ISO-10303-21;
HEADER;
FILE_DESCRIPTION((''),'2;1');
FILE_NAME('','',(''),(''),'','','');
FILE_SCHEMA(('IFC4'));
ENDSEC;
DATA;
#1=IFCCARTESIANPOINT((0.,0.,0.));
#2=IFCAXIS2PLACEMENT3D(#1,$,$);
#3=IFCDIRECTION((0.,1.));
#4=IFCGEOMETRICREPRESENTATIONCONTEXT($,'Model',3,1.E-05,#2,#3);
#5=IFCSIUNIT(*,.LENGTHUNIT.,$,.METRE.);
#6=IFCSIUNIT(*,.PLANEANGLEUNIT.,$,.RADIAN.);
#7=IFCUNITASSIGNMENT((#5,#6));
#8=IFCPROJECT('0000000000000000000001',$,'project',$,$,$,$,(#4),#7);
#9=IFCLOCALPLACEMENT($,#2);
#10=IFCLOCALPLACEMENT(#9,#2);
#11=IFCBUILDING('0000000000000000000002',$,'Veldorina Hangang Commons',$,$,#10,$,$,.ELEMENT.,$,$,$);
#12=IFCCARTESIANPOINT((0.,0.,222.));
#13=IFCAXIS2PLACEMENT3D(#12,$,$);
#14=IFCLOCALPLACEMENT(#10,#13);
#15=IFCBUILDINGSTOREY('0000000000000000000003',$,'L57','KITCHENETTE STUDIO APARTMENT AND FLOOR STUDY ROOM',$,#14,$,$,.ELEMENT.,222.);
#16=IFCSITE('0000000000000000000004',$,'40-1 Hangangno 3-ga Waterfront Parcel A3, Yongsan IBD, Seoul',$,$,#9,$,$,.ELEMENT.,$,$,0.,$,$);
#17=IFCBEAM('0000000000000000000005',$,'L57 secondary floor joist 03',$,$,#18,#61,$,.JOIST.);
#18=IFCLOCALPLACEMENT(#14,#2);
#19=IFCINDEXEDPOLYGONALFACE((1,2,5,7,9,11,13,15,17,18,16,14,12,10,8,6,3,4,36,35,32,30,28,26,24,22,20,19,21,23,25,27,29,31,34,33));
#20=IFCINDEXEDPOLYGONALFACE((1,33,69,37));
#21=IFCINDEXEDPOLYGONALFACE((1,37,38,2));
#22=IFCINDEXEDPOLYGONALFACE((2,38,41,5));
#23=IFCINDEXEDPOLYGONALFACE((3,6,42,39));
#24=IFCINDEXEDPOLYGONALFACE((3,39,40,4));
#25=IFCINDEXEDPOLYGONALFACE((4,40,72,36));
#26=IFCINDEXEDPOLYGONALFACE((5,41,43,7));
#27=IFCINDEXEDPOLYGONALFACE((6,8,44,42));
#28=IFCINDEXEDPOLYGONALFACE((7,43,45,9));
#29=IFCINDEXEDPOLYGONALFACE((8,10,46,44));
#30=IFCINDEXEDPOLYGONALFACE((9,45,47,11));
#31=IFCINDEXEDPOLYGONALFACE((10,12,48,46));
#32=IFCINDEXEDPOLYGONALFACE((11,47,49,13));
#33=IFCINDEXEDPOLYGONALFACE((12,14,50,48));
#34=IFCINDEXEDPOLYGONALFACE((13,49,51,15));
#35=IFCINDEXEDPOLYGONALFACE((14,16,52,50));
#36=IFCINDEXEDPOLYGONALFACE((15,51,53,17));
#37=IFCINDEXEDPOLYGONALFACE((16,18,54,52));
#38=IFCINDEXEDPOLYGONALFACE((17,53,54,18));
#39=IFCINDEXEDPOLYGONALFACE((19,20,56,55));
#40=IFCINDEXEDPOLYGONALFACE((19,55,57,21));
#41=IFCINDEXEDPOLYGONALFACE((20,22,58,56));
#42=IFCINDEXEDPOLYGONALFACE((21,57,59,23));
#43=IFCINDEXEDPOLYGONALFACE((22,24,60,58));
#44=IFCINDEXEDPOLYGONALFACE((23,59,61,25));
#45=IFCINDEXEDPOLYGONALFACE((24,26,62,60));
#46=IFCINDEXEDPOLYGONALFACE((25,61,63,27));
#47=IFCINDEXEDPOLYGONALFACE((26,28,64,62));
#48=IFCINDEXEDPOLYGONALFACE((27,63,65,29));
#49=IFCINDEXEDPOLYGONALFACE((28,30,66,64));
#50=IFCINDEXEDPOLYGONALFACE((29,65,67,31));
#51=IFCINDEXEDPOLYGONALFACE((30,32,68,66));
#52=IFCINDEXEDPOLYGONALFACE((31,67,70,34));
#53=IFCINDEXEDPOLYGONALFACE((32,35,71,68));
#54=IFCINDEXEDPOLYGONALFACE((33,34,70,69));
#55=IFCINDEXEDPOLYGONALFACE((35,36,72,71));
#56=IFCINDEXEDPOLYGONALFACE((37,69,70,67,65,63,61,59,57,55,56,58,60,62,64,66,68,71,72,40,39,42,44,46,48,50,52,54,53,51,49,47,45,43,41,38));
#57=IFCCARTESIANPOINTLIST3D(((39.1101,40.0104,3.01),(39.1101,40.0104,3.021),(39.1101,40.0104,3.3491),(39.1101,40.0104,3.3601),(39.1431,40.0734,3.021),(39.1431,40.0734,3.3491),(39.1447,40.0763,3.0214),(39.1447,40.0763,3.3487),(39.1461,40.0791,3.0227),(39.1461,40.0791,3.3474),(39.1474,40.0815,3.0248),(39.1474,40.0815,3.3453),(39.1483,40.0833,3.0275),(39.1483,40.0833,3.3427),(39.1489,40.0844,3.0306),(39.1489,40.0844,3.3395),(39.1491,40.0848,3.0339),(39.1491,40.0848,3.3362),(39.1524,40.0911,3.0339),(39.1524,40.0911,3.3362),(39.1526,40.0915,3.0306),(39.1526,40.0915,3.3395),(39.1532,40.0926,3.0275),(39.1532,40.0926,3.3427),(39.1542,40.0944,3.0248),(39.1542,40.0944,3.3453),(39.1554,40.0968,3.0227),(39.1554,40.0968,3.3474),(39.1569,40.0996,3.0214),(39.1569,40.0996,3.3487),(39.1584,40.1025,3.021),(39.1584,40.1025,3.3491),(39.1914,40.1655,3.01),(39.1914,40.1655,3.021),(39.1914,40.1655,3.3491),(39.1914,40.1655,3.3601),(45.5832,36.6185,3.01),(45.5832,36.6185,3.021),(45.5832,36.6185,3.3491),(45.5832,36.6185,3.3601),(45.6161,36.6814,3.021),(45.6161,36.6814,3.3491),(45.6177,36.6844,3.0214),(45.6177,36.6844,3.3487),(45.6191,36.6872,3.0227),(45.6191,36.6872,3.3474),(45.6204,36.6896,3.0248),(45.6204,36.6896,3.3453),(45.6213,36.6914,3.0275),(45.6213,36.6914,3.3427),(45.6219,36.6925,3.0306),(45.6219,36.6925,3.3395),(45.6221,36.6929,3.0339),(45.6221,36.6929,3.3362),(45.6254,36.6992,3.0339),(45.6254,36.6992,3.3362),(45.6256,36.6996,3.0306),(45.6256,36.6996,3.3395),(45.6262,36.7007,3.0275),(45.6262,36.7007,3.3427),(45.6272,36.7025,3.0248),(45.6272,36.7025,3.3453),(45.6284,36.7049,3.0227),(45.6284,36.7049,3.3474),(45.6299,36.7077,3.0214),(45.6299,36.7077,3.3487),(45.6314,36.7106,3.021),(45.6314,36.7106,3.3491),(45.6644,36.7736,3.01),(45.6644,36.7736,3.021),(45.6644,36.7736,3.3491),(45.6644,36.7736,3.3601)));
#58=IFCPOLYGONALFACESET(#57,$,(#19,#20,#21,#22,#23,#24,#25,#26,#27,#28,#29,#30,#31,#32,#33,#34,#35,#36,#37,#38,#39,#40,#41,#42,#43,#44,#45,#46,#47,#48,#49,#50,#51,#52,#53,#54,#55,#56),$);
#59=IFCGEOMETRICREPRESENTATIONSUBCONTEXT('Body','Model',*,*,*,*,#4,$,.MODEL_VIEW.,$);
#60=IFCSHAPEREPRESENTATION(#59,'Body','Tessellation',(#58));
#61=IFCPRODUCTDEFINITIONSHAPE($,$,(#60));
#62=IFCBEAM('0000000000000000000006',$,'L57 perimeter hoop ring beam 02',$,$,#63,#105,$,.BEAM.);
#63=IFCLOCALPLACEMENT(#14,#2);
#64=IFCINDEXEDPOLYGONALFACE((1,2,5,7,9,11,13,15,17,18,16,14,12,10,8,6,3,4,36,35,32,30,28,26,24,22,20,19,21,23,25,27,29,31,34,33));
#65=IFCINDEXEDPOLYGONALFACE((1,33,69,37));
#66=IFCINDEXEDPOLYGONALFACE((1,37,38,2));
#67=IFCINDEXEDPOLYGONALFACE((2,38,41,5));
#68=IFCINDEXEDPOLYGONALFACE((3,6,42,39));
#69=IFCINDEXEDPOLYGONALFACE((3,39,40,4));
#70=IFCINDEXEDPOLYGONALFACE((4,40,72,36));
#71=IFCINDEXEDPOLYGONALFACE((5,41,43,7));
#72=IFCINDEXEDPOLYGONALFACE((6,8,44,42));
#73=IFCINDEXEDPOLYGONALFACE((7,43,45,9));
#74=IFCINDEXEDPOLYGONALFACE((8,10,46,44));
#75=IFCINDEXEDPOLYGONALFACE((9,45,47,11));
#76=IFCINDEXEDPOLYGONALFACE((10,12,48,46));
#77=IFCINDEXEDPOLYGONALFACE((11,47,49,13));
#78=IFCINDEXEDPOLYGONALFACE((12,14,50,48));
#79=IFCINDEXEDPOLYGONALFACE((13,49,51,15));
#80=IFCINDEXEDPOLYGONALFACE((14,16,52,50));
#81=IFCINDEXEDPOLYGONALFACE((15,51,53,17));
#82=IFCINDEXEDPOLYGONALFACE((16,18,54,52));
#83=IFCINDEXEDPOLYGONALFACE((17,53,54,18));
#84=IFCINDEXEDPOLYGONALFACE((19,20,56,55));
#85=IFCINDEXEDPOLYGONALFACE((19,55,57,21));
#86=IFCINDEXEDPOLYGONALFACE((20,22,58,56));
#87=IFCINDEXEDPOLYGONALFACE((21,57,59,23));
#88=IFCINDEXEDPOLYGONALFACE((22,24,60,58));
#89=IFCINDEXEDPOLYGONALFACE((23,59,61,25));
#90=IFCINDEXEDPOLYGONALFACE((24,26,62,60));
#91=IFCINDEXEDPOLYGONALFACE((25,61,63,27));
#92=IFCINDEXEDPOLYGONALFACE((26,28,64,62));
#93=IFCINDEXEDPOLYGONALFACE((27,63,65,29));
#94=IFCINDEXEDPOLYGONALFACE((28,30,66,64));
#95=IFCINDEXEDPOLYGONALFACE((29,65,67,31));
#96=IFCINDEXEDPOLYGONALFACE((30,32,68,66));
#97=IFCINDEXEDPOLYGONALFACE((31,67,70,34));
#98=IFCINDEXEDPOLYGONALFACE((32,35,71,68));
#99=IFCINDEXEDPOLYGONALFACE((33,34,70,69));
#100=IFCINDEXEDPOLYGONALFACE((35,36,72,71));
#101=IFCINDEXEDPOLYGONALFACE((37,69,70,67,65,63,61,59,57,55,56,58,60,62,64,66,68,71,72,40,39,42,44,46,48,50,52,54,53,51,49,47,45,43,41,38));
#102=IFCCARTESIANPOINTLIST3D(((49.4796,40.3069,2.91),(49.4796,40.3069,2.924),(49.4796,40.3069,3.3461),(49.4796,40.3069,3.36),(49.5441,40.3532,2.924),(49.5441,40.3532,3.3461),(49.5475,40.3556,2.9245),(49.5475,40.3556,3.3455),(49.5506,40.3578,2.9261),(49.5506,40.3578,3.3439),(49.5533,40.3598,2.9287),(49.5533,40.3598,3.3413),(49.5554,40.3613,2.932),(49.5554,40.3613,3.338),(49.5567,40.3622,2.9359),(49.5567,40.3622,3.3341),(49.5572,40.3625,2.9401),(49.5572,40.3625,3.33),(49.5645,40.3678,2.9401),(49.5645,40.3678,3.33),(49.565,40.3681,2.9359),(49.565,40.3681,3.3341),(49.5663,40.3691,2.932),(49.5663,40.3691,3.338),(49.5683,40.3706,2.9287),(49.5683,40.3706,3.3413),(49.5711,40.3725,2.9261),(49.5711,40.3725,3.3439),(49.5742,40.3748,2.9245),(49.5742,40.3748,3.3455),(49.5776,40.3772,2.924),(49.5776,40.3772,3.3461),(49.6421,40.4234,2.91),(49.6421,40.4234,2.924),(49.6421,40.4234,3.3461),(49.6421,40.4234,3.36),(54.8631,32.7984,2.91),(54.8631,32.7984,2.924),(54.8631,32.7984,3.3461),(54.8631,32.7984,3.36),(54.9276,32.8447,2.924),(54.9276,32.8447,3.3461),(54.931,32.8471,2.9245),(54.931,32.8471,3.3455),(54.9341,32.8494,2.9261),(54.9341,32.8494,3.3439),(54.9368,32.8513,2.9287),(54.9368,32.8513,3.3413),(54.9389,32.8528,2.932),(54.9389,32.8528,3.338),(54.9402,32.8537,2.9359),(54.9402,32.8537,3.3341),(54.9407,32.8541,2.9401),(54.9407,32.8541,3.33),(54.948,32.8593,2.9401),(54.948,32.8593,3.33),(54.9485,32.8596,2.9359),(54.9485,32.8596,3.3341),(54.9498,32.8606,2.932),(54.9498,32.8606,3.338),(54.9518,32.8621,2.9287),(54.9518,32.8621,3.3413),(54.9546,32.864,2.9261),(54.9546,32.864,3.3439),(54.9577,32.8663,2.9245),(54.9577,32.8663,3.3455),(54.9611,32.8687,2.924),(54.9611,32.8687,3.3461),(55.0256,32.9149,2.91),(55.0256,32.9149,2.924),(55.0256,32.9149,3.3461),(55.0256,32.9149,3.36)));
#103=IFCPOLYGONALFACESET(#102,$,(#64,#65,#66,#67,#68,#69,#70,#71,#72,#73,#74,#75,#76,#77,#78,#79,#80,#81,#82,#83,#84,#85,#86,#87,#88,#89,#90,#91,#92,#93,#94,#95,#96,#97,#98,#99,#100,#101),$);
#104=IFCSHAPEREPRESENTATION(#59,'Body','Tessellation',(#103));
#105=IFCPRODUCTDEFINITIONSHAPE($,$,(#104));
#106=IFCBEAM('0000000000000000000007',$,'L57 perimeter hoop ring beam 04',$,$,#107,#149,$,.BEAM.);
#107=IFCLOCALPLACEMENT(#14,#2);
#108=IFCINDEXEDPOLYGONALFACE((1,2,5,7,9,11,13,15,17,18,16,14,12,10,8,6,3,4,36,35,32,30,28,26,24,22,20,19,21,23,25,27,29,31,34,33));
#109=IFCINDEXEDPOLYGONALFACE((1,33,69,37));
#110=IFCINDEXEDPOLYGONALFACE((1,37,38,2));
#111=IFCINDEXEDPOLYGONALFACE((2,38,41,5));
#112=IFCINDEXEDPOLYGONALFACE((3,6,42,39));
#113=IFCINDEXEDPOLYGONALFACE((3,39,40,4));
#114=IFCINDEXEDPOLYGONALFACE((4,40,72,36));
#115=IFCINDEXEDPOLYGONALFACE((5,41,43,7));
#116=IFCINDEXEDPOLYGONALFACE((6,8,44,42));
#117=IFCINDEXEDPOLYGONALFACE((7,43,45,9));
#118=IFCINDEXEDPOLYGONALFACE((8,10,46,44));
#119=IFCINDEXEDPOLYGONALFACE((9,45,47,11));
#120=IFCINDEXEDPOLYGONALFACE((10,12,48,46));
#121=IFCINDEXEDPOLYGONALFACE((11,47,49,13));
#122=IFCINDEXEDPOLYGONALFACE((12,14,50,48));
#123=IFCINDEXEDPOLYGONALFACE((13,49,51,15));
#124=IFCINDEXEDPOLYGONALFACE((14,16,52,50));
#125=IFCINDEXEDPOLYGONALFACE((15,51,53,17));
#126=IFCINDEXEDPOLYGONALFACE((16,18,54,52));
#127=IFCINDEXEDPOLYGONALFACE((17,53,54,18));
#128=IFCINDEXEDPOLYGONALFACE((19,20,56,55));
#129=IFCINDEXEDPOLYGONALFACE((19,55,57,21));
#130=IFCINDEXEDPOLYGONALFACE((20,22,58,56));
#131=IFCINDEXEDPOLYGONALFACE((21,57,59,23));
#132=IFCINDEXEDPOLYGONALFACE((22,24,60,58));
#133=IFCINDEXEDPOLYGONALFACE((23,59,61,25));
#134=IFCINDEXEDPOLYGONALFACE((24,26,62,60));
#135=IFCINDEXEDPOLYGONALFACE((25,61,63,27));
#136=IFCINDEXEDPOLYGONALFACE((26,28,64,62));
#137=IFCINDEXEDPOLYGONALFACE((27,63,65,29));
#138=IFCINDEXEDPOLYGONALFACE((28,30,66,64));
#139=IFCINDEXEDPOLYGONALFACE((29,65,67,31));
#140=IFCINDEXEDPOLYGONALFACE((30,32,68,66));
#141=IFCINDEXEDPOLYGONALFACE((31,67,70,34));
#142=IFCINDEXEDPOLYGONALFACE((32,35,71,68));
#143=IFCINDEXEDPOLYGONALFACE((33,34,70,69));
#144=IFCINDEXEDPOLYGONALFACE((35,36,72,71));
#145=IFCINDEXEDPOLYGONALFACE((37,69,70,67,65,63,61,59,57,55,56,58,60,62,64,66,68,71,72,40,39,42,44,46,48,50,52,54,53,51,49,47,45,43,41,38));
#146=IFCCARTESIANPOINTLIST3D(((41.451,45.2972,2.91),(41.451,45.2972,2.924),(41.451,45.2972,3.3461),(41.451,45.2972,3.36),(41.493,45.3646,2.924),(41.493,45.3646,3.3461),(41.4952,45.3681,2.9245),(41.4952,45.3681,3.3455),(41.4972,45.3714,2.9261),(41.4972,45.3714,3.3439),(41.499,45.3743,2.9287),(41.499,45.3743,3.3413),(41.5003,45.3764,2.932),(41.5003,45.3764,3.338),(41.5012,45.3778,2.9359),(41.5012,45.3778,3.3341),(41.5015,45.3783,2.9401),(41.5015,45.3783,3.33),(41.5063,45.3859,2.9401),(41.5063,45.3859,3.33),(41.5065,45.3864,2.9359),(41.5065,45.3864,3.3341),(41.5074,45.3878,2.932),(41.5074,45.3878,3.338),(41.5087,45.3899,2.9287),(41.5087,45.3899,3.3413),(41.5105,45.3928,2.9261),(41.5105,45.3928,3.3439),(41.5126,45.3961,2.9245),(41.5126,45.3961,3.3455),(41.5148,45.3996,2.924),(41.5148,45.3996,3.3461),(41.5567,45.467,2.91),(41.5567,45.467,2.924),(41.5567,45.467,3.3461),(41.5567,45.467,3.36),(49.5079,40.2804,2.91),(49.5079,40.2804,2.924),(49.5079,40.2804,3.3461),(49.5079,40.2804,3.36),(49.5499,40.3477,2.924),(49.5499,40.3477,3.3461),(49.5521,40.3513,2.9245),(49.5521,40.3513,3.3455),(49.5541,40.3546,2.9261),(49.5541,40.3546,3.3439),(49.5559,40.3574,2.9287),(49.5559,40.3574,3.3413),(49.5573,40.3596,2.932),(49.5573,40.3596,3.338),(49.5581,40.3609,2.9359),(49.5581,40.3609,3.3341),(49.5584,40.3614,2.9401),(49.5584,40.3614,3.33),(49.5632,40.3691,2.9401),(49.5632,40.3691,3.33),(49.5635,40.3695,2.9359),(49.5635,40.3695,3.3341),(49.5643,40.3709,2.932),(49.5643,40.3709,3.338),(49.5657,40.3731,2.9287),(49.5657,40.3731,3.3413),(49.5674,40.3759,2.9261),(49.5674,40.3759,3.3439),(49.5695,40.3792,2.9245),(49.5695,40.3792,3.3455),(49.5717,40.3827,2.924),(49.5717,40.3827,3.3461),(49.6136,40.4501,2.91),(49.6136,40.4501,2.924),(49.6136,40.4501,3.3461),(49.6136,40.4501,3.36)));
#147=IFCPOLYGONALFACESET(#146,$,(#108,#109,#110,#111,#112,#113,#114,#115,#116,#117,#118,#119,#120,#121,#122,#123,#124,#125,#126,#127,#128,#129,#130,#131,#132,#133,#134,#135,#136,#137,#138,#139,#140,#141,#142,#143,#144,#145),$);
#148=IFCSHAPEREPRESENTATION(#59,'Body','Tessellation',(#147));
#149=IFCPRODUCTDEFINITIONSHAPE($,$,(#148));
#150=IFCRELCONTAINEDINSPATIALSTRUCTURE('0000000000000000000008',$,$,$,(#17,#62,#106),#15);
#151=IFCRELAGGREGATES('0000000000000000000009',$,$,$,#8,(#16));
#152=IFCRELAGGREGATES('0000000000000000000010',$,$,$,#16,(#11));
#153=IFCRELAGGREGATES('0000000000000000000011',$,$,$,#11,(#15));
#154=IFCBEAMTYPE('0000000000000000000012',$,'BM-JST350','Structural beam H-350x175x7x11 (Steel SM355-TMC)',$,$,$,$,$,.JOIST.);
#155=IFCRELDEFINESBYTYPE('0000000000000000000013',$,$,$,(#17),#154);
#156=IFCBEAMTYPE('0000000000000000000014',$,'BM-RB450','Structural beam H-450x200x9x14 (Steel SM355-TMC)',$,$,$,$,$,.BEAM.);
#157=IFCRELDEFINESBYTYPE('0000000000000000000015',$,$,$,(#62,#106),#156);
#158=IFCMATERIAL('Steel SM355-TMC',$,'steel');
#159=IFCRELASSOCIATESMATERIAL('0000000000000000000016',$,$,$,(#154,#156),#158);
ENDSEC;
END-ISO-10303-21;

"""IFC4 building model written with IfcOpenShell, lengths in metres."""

from ifc_helpers import new_model, si_unit, direction, frame, origin, origin_2d, place, context, subcontext, project, spatial, i_section, extrude, material, material_profile, profile_set, type_object, element, save


model = new_model("IFC4")

# Units and contexts
model_context = context("Model", 3, precision=1e-05, world=origin(), true_north=direction((0.0, 1.0)))
body_context = subcontext(model_context, "Body", "Model", "MODEL_VIEW")
ifc_project = project(units=[si_unit("LENGTHUNIT", "METRE"), si_unit("PLANEANGLEUNIT", "RADIAN")], contexts=[model_context])

# Site, building, storey
site_placement = place(None, origin())
site = spatial("IfcSite", under=ifc_project, at=site_placement, Name="40-1 Hangangno 3-ga Waterfront Parcel A3, Yongsan IBD, Seoul", CompositionType="ELEMENT", RefElevation=0.0)
building_placement = place(site_placement, origin())
building = spatial("IfcBuilding", under=site, at=building_placement, Name="Veldorina Hangang Commons", CompositionType="ELEMENT")
storey_placement = place(building_placement, frame((0.0, 0.0, 222.0)))
storey = spatial("IfcBuildingStorey", under=building, at=storey_placement, Name="L57", Description="KITCHENETTE STUDIO APARTMENT AND FLOOR STUDY ROOM", CompositionType="ELEMENT", Elevation=222.0)

# Beams
ifc_material_1 = material(Name="Steel SM355-TMC", Category="steel")
ifc_material_profile_1 = material_profile(ifc_material_1, i_section(OverallWidth=0.175, OverallDepth=0.3501, WebThickness=0.0071, FlangeThickness=0.011, FilletRadius=0.0129, at=origin_2d()), Name="H-350x175x7x11")
ifc_profile_set_1 = profile_set([ifc_material_profile_1], Name="Steel SM355-TMC")
beam_type_1 = type_object("IfcBeamType", Name="BM-JST350", Description="Structural beam H-350x175x7x11 (Steel SM355-TMC)", PredefinedType="JOIST", material=ifc_profile_set_1)
beam_1_placement = place(storey_placement, frame((45.6238, 36.696, 3.1851), z_axis=(-0.88576, 0.464144, 0.0), x_axis=(-0.464144, -0.88576, 0.0)))
element("IfcBeam", 1, at=beam_1_placement, inside=storey, type_object=beam_type_1, Name="L57 secondary floor joist 03", PredefinedType="JOIST", context=body_context, shape_type="SweptSolid", body=[
    extrude(i_section(OverallWidth=0.175, OverallDepth=0.3501, WebThickness=0.0071, FlangeThickness=0.011, FilletRadius=0.0129, at=origin_2d()), origin(), (0.0, 0.0, 1.0), 7.3079),
])
ifc_material_profile_2 = material_profile(ifc_material_1, i_section(OverallWidth=0.2, OverallDepth=0.45, WebThickness=0.009, FlangeThickness=0.0139, FilletRadius=0.0161, at=origin_2d()), Name="H-450x200x9x14")
ifc_profile_set_2 = profile_set([ifc_material_profile_2], Name="Steel SM355-TMC")
beam_type_2 = type_object("IfcBeamType", Name="BM-RB450", Description="Structural beam H-450x200x9x14 (Steel SM355-TMC)", PredefinedType="BEAM", material=ifc_profile_set_2)
beam_2_placement = place(storey_placement, frame((54.9443, 32.8567, 3.135), z_axis=(-0.582692, 0.812693, 0.0), x_axis=(-0.812693, -0.582692, 0.0)))
element("IfcBeam", 2, at=beam_2_placement, inside=storey, type_object=beam_type_2, Name="L57 perimeter hoop ring beam 02", PredefinedType="BEAM", context=body_context, shape_type="SweptSolid", body=[
    extrude(i_section(OverallWidth=0.2, OverallDepth=0.45, WebThickness=0.009, FlangeThickness=0.0139, FilletRadius=0.0161, at=origin_2d()), origin(), (0.0, 0.0, 1.0), 9.239),
])
beam_3_placement = place(storey_placement, frame((49.5608, 40.3652, 3.135), z_axis=(-0.848883, 0.528581, 0.0), x_axis=(-0.528581, -0.848883, 0.0)))
element("IfcBeam", 3, at=beam_3_placement, inside=storey, type_object=beam_type_2, Name="L57 perimeter hoop ring beam 04", PredefinedType="BEAM", context=body_context, shape_type="SweptSolid", body=[
    extrude(i_section(OverallWidth=0.2, OverallDepth=0.45, WebThickness=0.009, FlangeThickness=0.0139, FilletRadius=0.0161, at=origin_2d()), origin(), (0.0, 0.0, 1.0), 9.4912),
])

save(model, "model.ifc")
